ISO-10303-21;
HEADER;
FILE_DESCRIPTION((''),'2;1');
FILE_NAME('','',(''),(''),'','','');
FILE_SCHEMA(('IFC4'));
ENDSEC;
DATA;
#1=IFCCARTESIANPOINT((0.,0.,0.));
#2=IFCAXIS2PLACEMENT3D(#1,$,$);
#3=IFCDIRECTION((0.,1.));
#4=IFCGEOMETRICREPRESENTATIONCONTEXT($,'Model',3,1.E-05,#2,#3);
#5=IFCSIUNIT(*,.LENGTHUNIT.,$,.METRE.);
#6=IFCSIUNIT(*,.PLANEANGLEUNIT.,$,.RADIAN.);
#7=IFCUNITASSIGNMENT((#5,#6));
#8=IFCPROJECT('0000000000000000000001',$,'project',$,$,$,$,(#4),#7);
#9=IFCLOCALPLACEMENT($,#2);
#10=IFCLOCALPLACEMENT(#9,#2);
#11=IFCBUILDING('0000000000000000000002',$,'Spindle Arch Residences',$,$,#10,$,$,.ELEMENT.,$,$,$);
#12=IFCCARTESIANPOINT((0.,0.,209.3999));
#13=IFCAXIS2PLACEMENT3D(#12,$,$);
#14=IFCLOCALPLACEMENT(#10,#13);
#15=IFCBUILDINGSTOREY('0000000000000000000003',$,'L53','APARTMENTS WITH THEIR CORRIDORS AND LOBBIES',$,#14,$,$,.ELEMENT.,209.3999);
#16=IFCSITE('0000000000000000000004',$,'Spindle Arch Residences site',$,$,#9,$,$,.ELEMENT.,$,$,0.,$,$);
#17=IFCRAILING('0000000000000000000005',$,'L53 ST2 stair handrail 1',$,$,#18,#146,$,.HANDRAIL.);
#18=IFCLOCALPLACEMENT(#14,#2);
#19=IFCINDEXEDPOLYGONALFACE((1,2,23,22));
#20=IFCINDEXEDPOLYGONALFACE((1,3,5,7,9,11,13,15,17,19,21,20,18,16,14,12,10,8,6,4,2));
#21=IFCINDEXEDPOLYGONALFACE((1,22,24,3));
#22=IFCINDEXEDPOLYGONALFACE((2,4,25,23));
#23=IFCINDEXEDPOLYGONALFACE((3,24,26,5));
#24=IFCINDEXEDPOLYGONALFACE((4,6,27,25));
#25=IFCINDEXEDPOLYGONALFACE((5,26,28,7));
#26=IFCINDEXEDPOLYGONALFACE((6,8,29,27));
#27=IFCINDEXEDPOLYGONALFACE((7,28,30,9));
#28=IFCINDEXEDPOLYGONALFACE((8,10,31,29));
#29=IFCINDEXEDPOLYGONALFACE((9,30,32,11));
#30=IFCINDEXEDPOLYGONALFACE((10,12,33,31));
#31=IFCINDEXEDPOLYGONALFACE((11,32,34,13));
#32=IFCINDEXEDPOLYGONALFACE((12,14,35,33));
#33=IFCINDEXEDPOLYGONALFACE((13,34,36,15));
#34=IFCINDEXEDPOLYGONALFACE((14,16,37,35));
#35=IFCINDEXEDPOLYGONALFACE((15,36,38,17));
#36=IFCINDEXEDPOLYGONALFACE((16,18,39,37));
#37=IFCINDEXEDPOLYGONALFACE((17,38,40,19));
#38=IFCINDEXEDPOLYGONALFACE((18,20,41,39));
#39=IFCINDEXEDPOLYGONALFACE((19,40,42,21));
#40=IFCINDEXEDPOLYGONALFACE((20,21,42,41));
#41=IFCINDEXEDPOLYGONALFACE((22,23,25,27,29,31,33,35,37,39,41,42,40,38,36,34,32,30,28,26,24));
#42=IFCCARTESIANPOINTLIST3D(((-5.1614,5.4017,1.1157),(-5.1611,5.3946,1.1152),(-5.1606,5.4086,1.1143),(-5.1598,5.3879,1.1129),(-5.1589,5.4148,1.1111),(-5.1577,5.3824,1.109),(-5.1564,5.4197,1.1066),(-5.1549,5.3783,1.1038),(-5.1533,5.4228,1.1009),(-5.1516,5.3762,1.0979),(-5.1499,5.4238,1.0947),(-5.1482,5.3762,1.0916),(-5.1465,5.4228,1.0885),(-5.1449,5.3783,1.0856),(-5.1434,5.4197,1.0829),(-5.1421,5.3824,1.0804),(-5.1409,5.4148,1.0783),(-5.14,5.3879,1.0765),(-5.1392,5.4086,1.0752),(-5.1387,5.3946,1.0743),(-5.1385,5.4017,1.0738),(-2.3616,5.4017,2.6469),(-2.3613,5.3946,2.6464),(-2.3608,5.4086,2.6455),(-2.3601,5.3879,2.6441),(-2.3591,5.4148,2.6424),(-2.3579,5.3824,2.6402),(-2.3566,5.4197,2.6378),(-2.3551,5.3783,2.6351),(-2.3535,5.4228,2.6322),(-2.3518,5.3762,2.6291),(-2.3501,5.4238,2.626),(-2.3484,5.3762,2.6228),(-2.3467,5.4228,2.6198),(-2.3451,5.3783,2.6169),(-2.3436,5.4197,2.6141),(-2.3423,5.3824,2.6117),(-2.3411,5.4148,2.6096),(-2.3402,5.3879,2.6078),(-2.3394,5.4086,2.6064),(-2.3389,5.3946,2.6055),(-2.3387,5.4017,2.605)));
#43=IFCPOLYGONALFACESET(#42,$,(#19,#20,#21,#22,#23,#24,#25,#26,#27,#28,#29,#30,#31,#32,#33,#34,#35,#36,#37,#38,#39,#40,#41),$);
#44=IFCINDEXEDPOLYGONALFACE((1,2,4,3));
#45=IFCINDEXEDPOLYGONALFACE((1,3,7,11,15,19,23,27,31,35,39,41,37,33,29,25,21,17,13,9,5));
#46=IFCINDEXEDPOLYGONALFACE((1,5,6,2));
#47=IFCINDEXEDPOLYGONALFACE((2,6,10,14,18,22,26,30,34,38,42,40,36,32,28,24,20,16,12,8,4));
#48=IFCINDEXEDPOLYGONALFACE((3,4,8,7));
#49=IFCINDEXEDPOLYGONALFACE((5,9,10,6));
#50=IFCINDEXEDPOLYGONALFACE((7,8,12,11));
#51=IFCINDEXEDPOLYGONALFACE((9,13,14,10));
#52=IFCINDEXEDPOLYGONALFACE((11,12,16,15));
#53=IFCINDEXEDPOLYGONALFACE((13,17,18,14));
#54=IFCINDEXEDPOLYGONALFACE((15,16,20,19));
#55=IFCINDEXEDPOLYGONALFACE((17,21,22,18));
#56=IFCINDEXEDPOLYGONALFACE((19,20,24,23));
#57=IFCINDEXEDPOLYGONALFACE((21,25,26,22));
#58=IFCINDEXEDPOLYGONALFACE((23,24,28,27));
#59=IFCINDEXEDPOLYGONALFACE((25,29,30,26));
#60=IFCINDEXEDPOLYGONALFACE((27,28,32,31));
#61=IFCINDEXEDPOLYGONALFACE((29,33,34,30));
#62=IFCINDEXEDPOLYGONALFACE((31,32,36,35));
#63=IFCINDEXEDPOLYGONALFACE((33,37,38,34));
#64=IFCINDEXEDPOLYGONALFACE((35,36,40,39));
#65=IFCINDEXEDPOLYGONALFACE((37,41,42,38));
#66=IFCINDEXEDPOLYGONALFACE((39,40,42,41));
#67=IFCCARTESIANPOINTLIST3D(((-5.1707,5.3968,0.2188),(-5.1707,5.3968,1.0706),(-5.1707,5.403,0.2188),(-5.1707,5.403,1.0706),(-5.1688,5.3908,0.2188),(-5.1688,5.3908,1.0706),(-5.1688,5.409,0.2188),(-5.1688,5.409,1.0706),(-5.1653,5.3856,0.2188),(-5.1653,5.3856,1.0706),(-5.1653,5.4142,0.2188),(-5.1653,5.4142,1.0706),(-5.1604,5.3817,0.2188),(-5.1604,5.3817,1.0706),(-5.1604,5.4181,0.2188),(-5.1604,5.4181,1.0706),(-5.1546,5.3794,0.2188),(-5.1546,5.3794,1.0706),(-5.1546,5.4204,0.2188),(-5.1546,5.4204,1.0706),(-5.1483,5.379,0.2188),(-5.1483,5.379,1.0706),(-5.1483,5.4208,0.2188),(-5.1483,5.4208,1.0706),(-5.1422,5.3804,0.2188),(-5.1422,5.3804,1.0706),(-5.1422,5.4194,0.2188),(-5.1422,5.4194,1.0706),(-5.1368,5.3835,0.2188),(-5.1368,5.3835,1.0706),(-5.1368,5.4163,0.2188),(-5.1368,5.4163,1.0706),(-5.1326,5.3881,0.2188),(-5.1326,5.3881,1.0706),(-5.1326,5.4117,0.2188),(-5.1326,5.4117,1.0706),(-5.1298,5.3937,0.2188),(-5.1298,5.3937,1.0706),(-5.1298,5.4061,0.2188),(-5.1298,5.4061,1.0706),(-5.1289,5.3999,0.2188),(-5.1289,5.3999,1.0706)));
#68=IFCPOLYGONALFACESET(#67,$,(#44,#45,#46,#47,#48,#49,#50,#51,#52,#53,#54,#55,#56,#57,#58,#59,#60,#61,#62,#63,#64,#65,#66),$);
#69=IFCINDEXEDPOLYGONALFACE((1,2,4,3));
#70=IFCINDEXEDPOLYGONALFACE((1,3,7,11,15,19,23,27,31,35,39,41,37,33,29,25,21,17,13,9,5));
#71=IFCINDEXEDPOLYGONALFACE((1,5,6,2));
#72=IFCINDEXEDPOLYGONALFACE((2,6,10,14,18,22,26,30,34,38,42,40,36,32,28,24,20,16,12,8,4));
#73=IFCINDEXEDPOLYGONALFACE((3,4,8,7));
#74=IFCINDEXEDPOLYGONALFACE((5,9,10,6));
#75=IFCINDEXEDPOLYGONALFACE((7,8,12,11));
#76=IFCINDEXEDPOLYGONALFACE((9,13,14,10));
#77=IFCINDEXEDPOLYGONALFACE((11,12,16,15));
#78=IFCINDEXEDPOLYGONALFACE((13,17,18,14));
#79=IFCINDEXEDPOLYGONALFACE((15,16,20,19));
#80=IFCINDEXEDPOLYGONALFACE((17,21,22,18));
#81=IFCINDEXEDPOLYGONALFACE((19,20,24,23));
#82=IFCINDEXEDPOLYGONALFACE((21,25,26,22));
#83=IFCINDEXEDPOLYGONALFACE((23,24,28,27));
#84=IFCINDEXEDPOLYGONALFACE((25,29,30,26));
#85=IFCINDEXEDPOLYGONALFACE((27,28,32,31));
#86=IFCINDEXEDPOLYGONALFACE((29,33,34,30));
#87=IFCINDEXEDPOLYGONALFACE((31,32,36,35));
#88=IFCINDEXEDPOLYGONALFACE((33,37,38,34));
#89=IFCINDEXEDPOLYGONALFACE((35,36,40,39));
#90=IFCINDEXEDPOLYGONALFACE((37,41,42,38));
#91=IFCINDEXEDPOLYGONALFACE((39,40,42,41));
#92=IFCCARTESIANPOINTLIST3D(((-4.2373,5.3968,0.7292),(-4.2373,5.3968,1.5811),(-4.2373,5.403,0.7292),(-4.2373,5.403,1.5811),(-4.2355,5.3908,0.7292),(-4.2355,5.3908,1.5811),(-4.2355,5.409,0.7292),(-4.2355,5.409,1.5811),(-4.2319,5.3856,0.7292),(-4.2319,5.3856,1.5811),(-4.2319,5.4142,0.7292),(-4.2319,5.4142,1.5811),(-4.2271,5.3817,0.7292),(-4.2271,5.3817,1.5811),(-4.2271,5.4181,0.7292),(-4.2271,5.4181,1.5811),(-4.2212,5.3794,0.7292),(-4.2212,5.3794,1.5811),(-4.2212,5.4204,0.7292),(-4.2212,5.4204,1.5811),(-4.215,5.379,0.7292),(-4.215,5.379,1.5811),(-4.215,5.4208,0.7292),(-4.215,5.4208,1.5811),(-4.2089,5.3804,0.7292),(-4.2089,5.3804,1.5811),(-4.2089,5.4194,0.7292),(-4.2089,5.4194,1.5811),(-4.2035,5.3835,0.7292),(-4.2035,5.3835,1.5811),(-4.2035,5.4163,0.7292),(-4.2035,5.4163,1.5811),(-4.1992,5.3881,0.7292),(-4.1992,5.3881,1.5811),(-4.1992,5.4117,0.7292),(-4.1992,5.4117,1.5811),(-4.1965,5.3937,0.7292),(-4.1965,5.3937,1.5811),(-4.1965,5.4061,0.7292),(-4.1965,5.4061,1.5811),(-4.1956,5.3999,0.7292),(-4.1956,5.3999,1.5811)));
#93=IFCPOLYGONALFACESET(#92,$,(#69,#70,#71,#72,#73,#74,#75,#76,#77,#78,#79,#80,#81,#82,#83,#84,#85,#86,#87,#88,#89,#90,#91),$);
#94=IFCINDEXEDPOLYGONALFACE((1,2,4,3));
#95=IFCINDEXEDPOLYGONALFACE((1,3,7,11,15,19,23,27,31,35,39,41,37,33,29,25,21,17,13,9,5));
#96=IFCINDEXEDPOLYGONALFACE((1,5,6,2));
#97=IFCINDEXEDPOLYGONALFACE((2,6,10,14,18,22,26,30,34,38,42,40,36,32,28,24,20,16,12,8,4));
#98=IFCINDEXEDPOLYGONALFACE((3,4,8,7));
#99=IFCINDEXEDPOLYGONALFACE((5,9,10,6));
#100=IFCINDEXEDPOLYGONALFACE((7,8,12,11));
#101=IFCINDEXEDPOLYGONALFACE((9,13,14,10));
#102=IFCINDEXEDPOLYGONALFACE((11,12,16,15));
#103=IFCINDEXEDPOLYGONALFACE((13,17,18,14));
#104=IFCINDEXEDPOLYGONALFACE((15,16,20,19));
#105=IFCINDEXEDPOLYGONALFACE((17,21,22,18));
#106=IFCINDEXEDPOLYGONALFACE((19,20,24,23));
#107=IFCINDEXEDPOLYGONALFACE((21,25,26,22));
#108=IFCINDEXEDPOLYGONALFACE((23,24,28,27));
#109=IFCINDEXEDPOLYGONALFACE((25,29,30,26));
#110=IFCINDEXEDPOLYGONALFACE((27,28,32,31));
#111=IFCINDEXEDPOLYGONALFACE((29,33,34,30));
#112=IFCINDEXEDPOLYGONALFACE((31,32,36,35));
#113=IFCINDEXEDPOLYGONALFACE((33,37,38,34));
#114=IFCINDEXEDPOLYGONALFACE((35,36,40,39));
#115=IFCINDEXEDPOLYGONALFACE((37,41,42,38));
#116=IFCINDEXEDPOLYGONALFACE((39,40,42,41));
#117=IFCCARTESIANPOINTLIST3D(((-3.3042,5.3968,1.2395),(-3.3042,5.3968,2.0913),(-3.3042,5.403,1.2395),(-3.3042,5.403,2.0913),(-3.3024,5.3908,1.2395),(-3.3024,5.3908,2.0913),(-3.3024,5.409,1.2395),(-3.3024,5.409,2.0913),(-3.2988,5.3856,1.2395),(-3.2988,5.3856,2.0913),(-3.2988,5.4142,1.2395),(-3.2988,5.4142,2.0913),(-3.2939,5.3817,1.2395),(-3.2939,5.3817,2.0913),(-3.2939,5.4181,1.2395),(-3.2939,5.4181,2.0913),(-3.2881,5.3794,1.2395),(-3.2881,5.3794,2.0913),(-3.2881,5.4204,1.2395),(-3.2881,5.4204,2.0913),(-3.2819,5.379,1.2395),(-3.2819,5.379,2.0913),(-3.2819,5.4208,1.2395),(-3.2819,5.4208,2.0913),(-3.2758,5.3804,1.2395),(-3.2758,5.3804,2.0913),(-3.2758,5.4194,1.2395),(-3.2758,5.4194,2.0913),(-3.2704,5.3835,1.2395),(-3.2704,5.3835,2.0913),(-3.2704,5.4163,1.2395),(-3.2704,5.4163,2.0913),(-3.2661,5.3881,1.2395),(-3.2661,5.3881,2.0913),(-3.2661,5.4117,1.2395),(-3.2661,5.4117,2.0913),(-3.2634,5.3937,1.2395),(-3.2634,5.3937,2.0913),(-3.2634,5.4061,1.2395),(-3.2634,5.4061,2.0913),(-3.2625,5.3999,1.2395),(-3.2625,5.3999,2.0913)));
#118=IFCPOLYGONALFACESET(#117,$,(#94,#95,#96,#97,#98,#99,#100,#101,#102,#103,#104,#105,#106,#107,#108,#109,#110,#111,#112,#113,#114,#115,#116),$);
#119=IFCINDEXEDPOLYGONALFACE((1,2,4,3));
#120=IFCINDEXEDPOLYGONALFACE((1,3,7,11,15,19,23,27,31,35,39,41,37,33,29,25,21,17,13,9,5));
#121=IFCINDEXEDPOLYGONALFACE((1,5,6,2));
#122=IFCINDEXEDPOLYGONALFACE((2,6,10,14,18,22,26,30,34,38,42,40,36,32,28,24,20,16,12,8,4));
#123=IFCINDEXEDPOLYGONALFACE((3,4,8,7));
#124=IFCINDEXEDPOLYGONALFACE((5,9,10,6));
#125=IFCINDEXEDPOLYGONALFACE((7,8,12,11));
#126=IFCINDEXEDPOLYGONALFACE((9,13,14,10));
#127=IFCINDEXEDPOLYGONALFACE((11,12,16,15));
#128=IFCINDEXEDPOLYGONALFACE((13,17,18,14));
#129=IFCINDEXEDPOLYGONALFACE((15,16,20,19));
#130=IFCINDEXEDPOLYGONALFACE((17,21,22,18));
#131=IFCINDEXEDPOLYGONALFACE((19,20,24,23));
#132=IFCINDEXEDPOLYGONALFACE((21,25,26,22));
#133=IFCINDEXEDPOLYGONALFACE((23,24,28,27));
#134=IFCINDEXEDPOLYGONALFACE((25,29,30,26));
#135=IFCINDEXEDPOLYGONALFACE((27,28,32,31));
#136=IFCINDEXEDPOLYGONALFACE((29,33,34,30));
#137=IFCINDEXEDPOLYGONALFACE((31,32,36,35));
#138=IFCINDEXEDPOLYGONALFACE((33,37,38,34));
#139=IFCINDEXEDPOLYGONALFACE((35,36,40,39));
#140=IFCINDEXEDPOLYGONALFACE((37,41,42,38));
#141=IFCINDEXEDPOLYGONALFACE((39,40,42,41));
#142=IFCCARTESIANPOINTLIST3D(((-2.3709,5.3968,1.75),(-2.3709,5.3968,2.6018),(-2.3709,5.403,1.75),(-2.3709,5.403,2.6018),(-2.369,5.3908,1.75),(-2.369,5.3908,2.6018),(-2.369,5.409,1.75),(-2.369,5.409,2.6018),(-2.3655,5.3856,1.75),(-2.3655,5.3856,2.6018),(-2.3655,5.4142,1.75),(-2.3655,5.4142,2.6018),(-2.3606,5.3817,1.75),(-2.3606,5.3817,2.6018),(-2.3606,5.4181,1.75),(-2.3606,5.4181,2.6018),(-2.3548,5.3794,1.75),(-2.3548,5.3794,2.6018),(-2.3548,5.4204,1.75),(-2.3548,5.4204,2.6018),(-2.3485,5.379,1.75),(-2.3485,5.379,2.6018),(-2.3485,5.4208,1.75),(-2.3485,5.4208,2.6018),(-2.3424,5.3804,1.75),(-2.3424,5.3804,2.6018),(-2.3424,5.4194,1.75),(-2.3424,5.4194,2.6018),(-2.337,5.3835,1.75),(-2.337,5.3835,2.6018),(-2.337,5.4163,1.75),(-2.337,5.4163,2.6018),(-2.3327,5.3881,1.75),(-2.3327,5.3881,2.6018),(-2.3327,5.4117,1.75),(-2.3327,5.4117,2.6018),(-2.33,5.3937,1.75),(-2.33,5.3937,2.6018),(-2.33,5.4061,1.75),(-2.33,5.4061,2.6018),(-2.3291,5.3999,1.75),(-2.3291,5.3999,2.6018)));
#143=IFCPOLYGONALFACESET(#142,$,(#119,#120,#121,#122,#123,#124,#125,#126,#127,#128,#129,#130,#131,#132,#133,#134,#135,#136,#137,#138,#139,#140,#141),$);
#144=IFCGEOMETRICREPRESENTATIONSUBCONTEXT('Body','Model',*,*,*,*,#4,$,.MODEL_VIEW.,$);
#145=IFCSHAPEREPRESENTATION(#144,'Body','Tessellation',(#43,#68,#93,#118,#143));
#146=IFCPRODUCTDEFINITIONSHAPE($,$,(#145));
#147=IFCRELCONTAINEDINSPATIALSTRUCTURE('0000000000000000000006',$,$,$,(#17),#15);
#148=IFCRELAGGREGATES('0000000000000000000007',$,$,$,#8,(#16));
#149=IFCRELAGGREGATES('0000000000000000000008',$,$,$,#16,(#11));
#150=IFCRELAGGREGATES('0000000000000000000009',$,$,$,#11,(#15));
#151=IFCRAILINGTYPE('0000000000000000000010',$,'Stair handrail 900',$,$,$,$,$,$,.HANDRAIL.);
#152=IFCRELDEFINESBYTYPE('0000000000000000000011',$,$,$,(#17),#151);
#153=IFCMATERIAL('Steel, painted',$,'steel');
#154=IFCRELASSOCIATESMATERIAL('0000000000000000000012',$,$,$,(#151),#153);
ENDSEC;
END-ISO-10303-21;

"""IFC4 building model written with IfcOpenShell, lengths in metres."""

from ifc_helpers import new_model, si_unit, direction, frame, origin, origin_2d, place, context, subcontext, project, spatial, circle, extrude, material, type_object, element, save


model = new_model("IFC4")

# Units and contexts
model_context = context("Model", 3, precision=1e-05, world=origin(), true_north=direction((0.0, 1.0)))
body_context = subcontext(model_context, "Body", "Model", "MODEL_VIEW")
ifc_project = project(units=[si_unit("LENGTHUNIT", "METRE"), si_unit("PLANEANGLEUNIT", "RADIAN")], contexts=[model_context])

# Site, building, storey
site_placement = place(None, origin())
site = spatial("IfcSite", under=ifc_project, at=site_placement, Name="Spindle Arch Residences site", CompositionType="ELEMENT", RefElevation=0.0)
building_placement = place(site_placement, origin())
building = spatial("IfcBuilding", under=site, at=building_placement, Name="Spindle Arch Residences", CompositionType="ELEMENT")
storey_placement = place(building_placement, frame((0.0, 0.0, 209.3999)))
storey = spatial("IfcBuildingStorey", under=building, at=storey_placement, Name="L53", Description="APARTMENTS WITH THEIR CORRIDORS AND LOBBIES", CompositionType="ELEMENT", Elevation=209.3999)

# Railing
ifc_material_1 = material(Name="Steel, painted", Category="steel")
railing_type_1 = type_object("IfcRailingType", Name="Stair handrail 900", PredefinedType="HANDRAIL", material=ifc_material_1)
railing_1_placement = place(storey_placement, frame((-5.1499, 5.3999, 0.2188)))
element("IfcRailing", 1, at=railing_1_placement, inside=storey, type_object=railing_type_1, Name="L53 ST2 stair handrail 1", PredefinedType="HANDRAIL", context=body_context, shape_type="SweptSolid", body=[
    extrude(circle(Radius=0.0239, at=origin_2d()), frame((0.0, 0.0, 0.876), z_axis=(0.877357, 0.0, 0.479838), x_axis=(0.0, 1.0, 0.0)), (0.0, 0.0, 1.0), 3.1912),
    extrude(circle(Radius=0.021, at=origin_2d()), origin(), (0.0, 0.0, 1.0), 0.8518),
    extrude(circle(Radius=0.021, at=origin_2d()), frame((0.9333, 0.0, 0.5105)), (0.0, 0.0, 1.0), 0.8518),
    extrude(circle(Radius=0.021, at=origin_2d()), frame((1.8665, 0.0, 1.0208)), (0.0, 0.0, 1.0), 0.8518),
    extrude(circle(Radius=0.021, at=origin_2d()), frame((2.7998, 0.0, 1.5312)), (0.0, 0.0, 1.0), 0.8518),
])

save(model, "model.ifc")
